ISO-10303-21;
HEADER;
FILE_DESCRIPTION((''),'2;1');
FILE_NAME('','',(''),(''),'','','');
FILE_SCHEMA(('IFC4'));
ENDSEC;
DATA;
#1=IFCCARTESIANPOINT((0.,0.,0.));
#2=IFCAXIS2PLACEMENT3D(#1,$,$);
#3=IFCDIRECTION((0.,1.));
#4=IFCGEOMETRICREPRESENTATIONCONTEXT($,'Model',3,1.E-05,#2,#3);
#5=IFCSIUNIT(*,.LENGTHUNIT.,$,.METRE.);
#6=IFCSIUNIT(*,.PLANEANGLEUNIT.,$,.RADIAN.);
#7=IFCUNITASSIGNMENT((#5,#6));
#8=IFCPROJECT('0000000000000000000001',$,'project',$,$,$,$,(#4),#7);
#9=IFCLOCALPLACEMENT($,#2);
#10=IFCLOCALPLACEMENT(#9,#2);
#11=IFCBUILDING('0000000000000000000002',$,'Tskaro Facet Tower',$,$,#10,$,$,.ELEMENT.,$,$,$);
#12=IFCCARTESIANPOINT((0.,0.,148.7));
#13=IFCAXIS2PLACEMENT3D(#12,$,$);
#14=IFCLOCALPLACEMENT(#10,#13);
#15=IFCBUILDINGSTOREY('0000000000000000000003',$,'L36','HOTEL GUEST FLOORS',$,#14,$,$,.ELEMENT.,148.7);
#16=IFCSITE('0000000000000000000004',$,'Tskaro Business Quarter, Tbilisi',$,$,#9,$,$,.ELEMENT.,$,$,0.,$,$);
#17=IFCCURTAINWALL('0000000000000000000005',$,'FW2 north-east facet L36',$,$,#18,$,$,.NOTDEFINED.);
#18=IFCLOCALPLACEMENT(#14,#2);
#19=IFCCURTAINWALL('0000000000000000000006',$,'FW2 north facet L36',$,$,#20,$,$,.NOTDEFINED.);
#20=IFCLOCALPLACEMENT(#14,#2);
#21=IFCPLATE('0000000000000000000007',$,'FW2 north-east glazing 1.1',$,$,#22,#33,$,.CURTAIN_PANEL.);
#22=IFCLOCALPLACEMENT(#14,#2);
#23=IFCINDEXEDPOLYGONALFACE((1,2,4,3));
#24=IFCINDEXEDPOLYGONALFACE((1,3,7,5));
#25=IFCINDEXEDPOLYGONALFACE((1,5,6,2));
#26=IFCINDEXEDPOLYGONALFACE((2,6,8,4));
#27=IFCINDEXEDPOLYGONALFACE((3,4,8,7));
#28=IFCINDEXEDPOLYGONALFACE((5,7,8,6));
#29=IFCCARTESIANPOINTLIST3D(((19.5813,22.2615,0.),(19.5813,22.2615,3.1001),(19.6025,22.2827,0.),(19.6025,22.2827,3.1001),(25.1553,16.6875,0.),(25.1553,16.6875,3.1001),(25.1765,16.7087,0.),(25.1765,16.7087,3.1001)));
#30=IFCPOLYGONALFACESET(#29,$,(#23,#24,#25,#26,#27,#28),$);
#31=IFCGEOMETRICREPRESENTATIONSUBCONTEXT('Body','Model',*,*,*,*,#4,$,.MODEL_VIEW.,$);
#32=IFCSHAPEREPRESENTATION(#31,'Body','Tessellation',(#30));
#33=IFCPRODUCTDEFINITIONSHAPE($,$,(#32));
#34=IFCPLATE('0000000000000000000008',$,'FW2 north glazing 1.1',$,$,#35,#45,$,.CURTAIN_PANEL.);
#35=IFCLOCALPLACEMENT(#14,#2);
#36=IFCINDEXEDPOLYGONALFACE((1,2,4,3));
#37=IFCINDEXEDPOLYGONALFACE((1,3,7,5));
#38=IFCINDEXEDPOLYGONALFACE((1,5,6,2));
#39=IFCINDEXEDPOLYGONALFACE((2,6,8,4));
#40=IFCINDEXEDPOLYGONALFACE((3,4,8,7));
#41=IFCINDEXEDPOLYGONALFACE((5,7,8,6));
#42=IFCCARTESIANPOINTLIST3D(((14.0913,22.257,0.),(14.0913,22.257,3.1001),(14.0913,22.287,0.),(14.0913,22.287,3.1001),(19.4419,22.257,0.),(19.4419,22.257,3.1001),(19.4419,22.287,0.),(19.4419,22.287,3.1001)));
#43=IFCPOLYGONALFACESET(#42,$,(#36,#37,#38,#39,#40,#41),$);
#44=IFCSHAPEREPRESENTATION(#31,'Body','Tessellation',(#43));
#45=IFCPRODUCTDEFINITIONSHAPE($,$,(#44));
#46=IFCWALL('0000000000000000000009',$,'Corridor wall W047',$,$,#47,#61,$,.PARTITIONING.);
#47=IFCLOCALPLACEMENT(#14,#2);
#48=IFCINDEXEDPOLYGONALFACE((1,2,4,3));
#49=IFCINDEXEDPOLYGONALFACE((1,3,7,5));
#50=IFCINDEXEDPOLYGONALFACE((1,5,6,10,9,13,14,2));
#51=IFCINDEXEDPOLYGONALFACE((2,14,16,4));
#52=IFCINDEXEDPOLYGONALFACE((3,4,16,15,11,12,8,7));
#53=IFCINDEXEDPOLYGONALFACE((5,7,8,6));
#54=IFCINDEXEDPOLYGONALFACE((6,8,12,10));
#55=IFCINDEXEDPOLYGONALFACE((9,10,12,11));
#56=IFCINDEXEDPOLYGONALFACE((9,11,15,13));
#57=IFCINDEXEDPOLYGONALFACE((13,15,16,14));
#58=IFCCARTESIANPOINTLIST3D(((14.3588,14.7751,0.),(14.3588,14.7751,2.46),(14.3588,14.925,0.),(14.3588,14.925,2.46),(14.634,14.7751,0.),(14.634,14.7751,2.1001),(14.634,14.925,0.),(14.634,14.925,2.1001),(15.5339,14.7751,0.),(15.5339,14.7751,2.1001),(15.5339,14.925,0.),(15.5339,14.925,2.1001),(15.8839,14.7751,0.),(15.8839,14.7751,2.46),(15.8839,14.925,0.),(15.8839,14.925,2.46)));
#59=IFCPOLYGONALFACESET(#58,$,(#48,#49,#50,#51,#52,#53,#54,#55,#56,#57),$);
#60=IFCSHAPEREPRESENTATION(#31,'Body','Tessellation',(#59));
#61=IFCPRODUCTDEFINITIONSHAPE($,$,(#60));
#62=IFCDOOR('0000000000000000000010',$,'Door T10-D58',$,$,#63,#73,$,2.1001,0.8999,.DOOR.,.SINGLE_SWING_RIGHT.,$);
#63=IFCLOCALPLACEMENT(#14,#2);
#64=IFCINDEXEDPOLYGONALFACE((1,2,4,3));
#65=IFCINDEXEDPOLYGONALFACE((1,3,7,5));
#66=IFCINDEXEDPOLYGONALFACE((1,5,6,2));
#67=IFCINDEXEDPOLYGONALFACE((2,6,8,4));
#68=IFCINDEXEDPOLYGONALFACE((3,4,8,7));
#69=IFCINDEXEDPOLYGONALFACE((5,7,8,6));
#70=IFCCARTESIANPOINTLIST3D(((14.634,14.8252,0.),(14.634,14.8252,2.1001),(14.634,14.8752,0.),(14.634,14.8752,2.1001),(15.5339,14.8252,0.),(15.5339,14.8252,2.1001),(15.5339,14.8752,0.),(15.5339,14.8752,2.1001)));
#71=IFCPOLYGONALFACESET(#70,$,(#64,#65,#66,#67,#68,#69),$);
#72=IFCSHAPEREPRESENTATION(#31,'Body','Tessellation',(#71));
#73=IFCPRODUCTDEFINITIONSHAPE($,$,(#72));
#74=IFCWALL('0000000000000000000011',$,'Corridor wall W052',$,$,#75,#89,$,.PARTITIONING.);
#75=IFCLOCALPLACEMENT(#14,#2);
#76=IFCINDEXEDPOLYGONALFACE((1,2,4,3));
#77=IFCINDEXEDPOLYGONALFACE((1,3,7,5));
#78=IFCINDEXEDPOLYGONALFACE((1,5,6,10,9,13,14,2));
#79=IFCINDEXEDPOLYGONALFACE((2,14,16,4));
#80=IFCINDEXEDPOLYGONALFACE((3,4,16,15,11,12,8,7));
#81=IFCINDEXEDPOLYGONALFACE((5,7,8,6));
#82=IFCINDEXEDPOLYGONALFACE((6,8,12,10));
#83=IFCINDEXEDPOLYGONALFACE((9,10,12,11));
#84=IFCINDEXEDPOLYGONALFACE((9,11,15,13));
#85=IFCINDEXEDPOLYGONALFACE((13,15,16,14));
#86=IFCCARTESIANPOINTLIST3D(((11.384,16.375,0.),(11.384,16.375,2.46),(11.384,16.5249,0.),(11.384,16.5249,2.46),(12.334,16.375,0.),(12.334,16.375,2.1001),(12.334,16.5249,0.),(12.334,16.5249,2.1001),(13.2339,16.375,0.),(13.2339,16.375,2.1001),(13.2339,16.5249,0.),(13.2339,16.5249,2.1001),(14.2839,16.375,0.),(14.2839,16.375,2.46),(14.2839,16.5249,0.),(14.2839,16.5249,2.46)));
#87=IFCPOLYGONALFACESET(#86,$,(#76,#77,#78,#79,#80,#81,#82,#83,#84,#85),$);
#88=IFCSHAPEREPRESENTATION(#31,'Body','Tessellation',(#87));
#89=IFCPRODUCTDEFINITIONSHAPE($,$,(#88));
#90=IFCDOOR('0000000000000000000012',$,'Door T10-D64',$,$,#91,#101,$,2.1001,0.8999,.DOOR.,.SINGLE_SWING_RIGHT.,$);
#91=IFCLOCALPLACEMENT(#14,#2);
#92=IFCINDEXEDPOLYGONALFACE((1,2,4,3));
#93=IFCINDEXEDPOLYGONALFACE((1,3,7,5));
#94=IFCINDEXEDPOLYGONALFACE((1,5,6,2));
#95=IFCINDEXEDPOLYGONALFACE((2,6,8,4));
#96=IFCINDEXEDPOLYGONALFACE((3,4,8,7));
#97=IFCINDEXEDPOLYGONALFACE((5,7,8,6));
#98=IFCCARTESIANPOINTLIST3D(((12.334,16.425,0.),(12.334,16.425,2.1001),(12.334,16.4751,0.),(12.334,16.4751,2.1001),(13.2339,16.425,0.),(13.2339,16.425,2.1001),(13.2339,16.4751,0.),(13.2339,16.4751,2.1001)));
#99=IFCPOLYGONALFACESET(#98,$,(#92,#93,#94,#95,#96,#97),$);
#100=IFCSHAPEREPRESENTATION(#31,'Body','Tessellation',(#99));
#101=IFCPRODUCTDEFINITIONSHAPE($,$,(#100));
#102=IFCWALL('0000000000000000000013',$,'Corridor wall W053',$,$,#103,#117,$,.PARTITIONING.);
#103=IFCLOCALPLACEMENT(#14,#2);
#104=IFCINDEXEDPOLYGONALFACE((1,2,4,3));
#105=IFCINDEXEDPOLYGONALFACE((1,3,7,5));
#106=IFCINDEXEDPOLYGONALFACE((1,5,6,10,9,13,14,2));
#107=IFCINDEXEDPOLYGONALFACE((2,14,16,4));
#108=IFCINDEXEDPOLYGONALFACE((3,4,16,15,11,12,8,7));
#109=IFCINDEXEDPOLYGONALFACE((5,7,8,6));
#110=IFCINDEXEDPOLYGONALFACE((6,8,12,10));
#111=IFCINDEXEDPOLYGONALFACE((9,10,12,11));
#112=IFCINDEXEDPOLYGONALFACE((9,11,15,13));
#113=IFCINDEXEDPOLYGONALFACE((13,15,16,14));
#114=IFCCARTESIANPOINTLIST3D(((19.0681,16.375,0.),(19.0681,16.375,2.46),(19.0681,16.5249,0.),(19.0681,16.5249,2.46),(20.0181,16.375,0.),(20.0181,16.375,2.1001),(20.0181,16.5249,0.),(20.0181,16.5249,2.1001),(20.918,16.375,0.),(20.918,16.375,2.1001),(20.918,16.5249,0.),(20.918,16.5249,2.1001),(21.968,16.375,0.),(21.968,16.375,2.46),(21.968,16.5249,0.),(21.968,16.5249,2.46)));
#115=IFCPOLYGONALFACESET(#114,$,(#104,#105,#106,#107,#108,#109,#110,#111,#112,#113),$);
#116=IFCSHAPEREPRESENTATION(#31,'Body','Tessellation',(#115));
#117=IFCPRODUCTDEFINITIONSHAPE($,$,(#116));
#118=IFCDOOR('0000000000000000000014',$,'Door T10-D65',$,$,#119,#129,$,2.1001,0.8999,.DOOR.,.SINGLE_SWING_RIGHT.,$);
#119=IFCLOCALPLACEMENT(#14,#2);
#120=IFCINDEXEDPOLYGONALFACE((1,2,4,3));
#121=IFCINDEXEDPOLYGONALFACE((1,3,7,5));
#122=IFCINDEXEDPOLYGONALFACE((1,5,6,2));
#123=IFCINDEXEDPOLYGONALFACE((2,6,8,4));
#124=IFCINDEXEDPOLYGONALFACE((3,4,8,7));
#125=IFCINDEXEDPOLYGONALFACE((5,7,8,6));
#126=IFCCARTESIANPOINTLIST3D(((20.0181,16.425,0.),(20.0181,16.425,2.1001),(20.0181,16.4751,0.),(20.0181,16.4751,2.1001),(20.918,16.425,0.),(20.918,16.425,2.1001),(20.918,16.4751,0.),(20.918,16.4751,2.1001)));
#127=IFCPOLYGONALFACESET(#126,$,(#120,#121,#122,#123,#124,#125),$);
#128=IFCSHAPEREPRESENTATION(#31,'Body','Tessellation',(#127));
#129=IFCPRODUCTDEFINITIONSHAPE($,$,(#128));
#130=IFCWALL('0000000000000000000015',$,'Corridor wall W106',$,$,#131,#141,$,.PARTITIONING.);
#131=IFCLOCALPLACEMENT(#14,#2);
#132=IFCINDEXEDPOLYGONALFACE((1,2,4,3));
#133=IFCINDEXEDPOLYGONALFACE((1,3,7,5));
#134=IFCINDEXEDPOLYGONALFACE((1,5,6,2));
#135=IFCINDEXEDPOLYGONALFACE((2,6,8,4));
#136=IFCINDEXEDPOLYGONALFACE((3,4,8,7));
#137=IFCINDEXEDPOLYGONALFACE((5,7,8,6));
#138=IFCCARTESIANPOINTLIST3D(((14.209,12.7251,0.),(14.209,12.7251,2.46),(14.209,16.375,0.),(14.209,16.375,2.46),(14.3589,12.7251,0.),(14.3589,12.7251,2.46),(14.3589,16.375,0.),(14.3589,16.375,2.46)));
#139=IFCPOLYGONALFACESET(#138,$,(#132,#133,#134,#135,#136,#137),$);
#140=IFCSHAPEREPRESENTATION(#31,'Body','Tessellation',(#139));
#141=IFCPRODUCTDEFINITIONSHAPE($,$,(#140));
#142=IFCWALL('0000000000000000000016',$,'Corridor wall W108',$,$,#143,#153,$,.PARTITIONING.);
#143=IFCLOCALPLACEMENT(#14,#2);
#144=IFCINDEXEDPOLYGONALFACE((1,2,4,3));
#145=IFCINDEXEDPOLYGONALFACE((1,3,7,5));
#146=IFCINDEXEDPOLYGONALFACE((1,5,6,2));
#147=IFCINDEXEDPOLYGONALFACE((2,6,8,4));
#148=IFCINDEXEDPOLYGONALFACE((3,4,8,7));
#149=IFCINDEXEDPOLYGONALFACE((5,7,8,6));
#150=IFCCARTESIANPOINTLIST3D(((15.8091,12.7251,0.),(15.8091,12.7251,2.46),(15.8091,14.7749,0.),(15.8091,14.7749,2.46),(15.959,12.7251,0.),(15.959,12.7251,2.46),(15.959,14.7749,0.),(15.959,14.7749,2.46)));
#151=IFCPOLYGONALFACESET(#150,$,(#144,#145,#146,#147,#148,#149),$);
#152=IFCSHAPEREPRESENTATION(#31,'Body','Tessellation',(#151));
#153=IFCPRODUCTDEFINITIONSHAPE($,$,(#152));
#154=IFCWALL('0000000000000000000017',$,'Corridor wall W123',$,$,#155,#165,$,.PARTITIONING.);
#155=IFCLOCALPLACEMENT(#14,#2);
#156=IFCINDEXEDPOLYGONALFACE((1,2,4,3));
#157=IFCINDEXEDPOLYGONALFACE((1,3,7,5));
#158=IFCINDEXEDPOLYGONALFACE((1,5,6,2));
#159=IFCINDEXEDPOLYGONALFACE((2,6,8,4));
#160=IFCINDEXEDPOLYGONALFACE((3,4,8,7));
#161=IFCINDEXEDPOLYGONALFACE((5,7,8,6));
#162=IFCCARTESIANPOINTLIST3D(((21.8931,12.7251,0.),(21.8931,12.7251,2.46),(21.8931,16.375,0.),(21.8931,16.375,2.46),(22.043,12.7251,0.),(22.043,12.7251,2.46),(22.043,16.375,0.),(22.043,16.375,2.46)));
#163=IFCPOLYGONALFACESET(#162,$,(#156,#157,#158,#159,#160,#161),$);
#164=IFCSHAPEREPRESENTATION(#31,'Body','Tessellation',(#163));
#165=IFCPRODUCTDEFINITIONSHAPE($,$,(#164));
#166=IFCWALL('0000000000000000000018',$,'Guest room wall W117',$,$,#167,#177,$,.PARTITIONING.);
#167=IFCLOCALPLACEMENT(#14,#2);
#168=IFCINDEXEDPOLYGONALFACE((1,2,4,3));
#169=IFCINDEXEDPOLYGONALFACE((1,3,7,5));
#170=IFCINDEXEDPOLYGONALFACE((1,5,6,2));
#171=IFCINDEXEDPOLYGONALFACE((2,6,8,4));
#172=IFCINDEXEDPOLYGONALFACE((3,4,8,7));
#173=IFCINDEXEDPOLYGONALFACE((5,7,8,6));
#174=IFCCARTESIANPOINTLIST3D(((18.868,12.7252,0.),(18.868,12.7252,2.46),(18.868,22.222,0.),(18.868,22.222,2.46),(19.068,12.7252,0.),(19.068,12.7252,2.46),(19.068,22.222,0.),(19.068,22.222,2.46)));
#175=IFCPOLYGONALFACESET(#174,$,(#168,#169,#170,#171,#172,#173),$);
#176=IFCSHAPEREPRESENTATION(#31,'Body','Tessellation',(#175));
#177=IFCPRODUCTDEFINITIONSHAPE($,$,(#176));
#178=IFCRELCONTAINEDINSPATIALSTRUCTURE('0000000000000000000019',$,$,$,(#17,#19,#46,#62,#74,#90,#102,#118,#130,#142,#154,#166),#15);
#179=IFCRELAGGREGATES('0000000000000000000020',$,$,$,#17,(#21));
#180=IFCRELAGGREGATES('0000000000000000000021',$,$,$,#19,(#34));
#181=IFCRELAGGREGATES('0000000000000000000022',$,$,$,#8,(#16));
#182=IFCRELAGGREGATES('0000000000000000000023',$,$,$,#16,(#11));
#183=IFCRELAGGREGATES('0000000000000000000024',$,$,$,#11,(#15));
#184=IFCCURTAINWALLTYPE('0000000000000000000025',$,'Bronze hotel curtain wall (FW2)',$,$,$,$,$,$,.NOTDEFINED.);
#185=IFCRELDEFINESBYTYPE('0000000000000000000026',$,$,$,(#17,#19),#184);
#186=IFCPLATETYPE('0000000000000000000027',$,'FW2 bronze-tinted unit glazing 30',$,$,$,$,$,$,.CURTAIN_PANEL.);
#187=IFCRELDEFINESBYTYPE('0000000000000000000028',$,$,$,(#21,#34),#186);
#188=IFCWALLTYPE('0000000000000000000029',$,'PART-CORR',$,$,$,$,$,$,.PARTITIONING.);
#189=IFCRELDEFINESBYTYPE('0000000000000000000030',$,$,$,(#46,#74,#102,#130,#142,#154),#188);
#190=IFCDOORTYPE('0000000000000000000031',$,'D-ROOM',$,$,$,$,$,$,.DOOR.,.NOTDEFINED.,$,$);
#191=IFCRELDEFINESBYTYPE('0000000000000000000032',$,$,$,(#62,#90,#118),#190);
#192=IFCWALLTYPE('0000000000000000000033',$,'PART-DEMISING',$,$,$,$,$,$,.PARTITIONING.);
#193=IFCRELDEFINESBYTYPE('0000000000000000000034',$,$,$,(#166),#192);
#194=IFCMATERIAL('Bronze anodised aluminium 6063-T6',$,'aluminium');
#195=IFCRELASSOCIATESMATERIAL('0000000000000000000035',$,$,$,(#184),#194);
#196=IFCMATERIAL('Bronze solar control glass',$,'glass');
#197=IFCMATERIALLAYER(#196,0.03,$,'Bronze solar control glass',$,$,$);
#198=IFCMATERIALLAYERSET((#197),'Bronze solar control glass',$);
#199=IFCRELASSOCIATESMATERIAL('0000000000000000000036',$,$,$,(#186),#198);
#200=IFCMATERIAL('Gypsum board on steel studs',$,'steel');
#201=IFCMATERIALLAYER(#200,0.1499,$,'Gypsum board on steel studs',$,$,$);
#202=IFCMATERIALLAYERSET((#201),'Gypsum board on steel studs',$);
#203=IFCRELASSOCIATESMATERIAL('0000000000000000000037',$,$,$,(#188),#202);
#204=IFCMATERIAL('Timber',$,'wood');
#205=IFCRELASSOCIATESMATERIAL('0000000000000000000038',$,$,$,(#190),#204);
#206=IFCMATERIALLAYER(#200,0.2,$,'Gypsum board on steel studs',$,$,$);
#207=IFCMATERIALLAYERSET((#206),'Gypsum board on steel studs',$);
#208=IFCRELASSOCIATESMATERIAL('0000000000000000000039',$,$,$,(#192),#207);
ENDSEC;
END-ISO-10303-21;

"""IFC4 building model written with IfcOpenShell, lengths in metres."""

from ifc_helpers import new_model, si_unit, direction, frame, frame_2d, origin, origin_2d, place, context, subcontext, project, spatial, rectangle, extrude, material, layer, layer_set, type_object, element, fill, aggregate, save


model = new_model("IFC4")

# Units and contexts
model_context = context("Model", 3, precision=1e-05, world=origin(), true_north=direction((0.0, 1.0)))
body_context = subcontext(model_context, "Body", "Model", "MODEL_VIEW")
ifc_project = project(units=[si_unit("LENGTHUNIT", "METRE"), si_unit("PLANEANGLEUNIT", "RADIAN")], contexts=[model_context])

# Site, building, storey
site_placement = place(None, origin())
site = spatial("IfcSite", under=ifc_project, at=site_placement, Name="Tskaro Business Quarter, Tbilisi", CompositionType="ELEMENT", RefElevation=0.0)
building_placement = place(site_placement, origin())
building = spatial("IfcBuilding", under=site, at=building_placement, Name="Tskaro Facet Tower", CompositionType="ELEMENT")
storey_placement = place(building_placement, frame((0.0, 0.0, 148.7)))
storey = spatial("IfcBuildingStorey", under=building, at=storey_placement, Name="L36", Description="HOTEL GUEST FLOORS", CompositionType="ELEMENT", Elevation=148.7)

# Curtain walls
ifc_material_1 = material(Name="Bronze anodised aluminium 6063-T6", Category="aluminium")
curtain_wall_type = type_object("IfcCurtainWallType", Name="Bronze hotel curtain wall (FW2)", PredefinedType="NOTDEFINED", material=ifc_material_1)
curtain_wall_1_placement = place(storey_placement, origin())
curtain_wall_1 = element("IfcCurtainWall", 1, at=curtain_wall_1_placement, inside=storey, type_object=curtain_wall_type, Name="FW2 north-east facet L36", PredefinedType="NOTDEFINED")
curtain_wall_2_placement = place(storey_placement, origin())
curtain_wall_2 = element("IfcCurtainWall", 2, at=curtain_wall_2_placement, inside=storey, type_object=curtain_wall_type, Name="FW2 north facet L36", PredefinedType="NOTDEFINED")

# Shared definitions
ifc_material_2 = material(Name="Bronze solar control glass", Category="glass")
ifc_layer_1 = layer(ifc_material_2, 0.03, Name="Bronze solar control glass")
ifc_layer_set_1 = layer_set([ifc_layer_1], Name="Bronze solar control glass")
plate_type = type_object("IfcPlateType", Name="FW2 bronze-tinted unit glazing 30", PredefinedType="CURTAIN_PANEL", material=ifc_layer_set_1)

# Plates
plate_1_placement = place(storey_placement, frame((22.3789, 19.4851, 0.0), z_axis=(0.0, 0.0, 1.0), x_axis=(-0.707107, 0.707107, 0.0)))
plate_1 = element("IfcPlate", 3, at=plate_1_placement, type_object=plate_type, Name="FW2 north-east glazing 1.1", PredefinedType="CURTAIN_PANEL", context=body_context, shape_type="SweptSolid", body=[
    extrude(rectangle(XDim=7.8828, YDim=0.03, at=origin_2d()), origin(), (0.0, 0.0, 1.0), 3.1001),
])
aggregate(curtain_wall_1, [plate_1])
plate_2_placement = place(storey_placement, frame((16.7666, 22.272, 0.0), z_axis=(0.0, 0.0, 1.0), x_axis=(-1.0, 0.0, 0.0)))
plate_2 = element("IfcPlate", 4, at=plate_2_placement, type_object=plate_type, Name="FW2 north glazing 1.1", PredefinedType="CURTAIN_PANEL", context=body_context, shape_type="SweptSolid", body=[
    extrude(rectangle(XDim=5.3506, YDim=0.03, at=origin_2d()), origin(), (0.0, 0.0, 1.0), 3.1001),
])
aggregate(curtain_wall_2, [plate_2])

# Walls, openings, doors
ifc_material_3 = material(Name="Gypsum board on steel studs", Category="steel")
ifc_layer_2 = layer(ifc_material_3, 0.1499, Name="Gypsum board on steel studs")
ifc_layer_set_2 = layer_set([ifc_layer_2], Name="Gypsum board on steel studs")
wall_type_1 = type_object("IfcWallType", Name="PART-CORR", PredefinedType="PARTITIONING", material=ifc_layer_set_2)
wall_1_placement = place(storey_placement, frame((15.884, 14.8501, 0.0), z_axis=(0.0, 0.0, 1.0), x_axis=(-1.0, 0.0, 0.0)))
wall_1 = element("IfcWall", 5, at=wall_1_placement, inside=storey, type_object=wall_type_1, Name="Corridor wall W047", PredefinedType="PARTITIONING", context=body_context, shape_type="SweptSolid", body=[
    extrude(rectangle(XDim=1.5251, YDim=0.1499, at=frame_2d((0.7627, 0.0))), origin(), (0.0, 0.0, 1.0), 2.46),
])
opening_1_placement = place(wall_1_placement, frame((0.3501, 0.0, 0.0)))
opening_1 = element("IfcOpeningElement", 6, at=opening_1_placement, cuts=wall_1, PredefinedType="OPENING", context=body_context, shape_type="SweptSolid", body=[
    extrude(rectangle(XDim=0.8999, YDim=2.1001, at=frame_2d((0.45, 1.05))), frame((0.0, 0.085, 0.0), z_axis=(0.0, -1.0, 0.0), x_axis=(1.0, 0.0, 0.0)), (0.0, 0.0, 1.0), 0.1699),
])
ifc_material_4 = material(Name="Timber", Category="wood")
door_type = type_object("IfcDoorType", Name="D-ROOM", OperationType="NOTDEFINED", PredefinedType="DOOR", material=ifc_material_4)
door_1_placement = place(opening_1_placement, origin())
door_1 = element("IfcDoor", 7, at=door_1_placement, inside=storey, type_object=door_type, Name="Door T10-D58", OperationType="SINGLE_SWING_RIGHT", OverallHeight=2.1001, OverallWidth=0.8999, PredefinedType="DOOR", context=body_context, shape_type="SweptSolid", body=[
    extrude(rectangle(XDim=0.8999, YDim=2.1001, at=frame_2d((0.45, 1.05))), frame((0.0, 0.0249, 0.0), z_axis=(0.0, -1.0, 0.0), x_axis=(1.0, 0.0, 0.0)), (0.0, 0.0, 1.0), 0.05),
])
fill(opening_1, door_1)
wall_2_placement = place(storey_placement, frame((14.2839, 16.45, 0.0), z_axis=(0.0, 0.0, 1.0), x_axis=(-1.0, 0.0, 0.0)))
wall_2 = element("IfcWall", 8, at=wall_2_placement, inside=storey, type_object=wall_type_1, Name="Corridor wall W052", PredefinedType="PARTITIONING", context=body_context, shape_type="SweptSolid", body=[
    extrude(rectangle(XDim=2.8999, YDim=0.1499, at=frame_2d((1.45, 0.0))), origin(), (0.0, 0.0, 1.0), 2.46),
])
opening_2_placement = place(wall_2_placement, frame((1.05, 0.0, 0.0)))
opening_2 = element("IfcOpeningElement", 9, at=opening_2_placement, cuts=wall_2, PredefinedType="OPENING", context=body_context, shape_type="SweptSolid", body=[
    extrude(rectangle(XDim=0.8999, YDim=2.1001, at=frame_2d((0.45, 1.05))), frame((0.0, 0.085, 0.0), z_axis=(0.0, -1.0, 0.0), x_axis=(1.0, 0.0, 0.0)), (0.0, 0.0, 1.0), 0.1699),
])
door_2_placement = place(opening_2_placement, origin())
door_2 = element("IfcDoor", 10, at=door_2_placement, inside=storey, type_object=door_type, Name="Door T10-D64", OperationType="SINGLE_SWING_RIGHT", OverallHeight=2.1001, OverallWidth=0.8999, PredefinedType="DOOR", context=body_context, shape_type="SweptSolid", body=[
    extrude(rectangle(XDim=0.8999, YDim=2.1001, at=frame_2d((0.45, 1.05))), frame((0.0, 0.0249, 0.0), z_axis=(0.0, -1.0, 0.0), x_axis=(1.0, 0.0, 0.0)), (0.0, 0.0, 1.0), 0.05),
])
fill(opening_2, door_2)
wall_3_placement = place(storey_placement, frame((21.968, 16.45, 0.0), z_axis=(0.0, 0.0, 1.0), x_axis=(-1.0, 0.0, 0.0)))
wall_3 = element("IfcWall", 11, at=wall_3_placement, inside=storey, type_object=wall_type_1, Name="Corridor wall W053", PredefinedType="PARTITIONING", context=body_context, shape_type="SweptSolid", body=[
    extrude(rectangle(XDim=2.8999, YDim=0.1499, at=frame_2d((1.45, 0.0))), origin(), (0.0, 0.0, 1.0), 2.46),
])
opening_3_placement = place(wall_3_placement, frame((1.05, 0.0, 0.0)))
opening_3 = element("IfcOpeningElement", 12, at=opening_3_placement, cuts=wall_3, PredefinedType="OPENING", context=body_context, shape_type="SweptSolid", body=[
    extrude(rectangle(XDim=0.8999, YDim=2.1001, at=frame_2d((0.45, 1.05))), frame((0.0, 0.085, 0.0), z_axis=(0.0, -1.0, 0.0), x_axis=(1.0, 0.0, 0.0)), (0.0, 0.0, 1.0), 0.1699),
])
door_3_placement = place(opening_3_placement, origin())
door_3 = element("IfcDoor", 13, at=door_3_placement, inside=storey, type_object=door_type, Name="Door T10-D65", OperationType="SINGLE_SWING_RIGHT", OverallHeight=2.1001, OverallWidth=0.8999, PredefinedType="DOOR", context=body_context, shape_type="SweptSolid", body=[
    extrude(rectangle(XDim=0.8999, YDim=2.1001, at=frame_2d((0.45, 1.05))), frame((0.0, 0.0249, 0.0), z_axis=(0.0, -1.0, 0.0), x_axis=(1.0, 0.0, 0.0)), (0.0, 0.0, 1.0), 0.05),
])
fill(opening_3, door_3)

# Walls
wall_4_placement = place(storey_placement, frame((14.2839, 12.7251, 0.0), z_axis=(0.0, 0.0, 1.0), x_axis=(0.0, 1.0, 0.0)))
element("IfcWall", 14, at=wall_4_placement, inside=storey, type_object=wall_type_1, Name="Corridor wall W106", PredefinedType="PARTITIONING", context=body_context, shape_type="SweptSolid", body=[
    extrude(rectangle(XDim=3.6499, YDim=0.1499, at=frame_2d((1.825, 0.0))), origin(), (0.0, 0.0, 1.0), 2.46),
])
wall_5_placement = place(storey_placement, frame((15.884, 12.7251, 0.0), z_axis=(0.0, 0.0, 1.0), x_axis=(0.0, 1.0, 0.0)))
element("IfcWall", 15, at=wall_5_placement, inside=storey, type_object=wall_type_1, Name="Corridor wall W108", PredefinedType="PARTITIONING", context=body_context, shape_type="SweptSolid", body=[
    extrude(rectangle(XDim=2.0498, YDim=0.1499, at=frame_2d((1.0249, 0.0))), origin(), (0.0, 0.0, 1.0), 2.46),
])
wall_6_placement = place(storey_placement, frame((21.968, 12.7251, 0.0), z_axis=(0.0, 0.0, 1.0), x_axis=(0.0, 1.0, 0.0)))
element("IfcWall", 16, at=wall_6_placement, inside=storey, type_object=wall_type_1, Name="Corridor wall W123", PredefinedType="PARTITIONING", context=body_context, shape_type="SweptSolid", body=[
    extrude(rectangle(XDim=3.6499, YDim=0.1499, at=frame_2d((1.825, 0.0))), origin(), (0.0, 0.0, 1.0), 2.46),
])
ifc_layer_3 = layer(ifc_material_3, 0.2, Name="Gypsum board on steel studs")
ifc_layer_set_3 = layer_set([ifc_layer_3], Name="Gypsum board on steel studs")
wall_type_2 = type_object("IfcWallType", Name="PART-DEMISING", PredefinedType="PARTITIONING", material=ifc_layer_set_3)
wall_7_placement = place(storey_placement, frame((18.968, 12.7251, 0.0), z_axis=(0.0, 0.0, 1.0), x_axis=(0.0, 1.0, 0.0)))
element("IfcWall", 17, at=wall_7_placement, inside=storey, type_object=wall_type_2, Name="Guest room wall W117", PredefinedType="PARTITIONING", context=body_context, shape_type="SweptSolid", body=[
    extrude(rectangle(XDim=9.4968, YDim=0.2, at=frame_2d((4.7485, 0.0))), origin(), (0.0, 0.0, 1.0), 2.46),
])

save(model, "model.ifc")
